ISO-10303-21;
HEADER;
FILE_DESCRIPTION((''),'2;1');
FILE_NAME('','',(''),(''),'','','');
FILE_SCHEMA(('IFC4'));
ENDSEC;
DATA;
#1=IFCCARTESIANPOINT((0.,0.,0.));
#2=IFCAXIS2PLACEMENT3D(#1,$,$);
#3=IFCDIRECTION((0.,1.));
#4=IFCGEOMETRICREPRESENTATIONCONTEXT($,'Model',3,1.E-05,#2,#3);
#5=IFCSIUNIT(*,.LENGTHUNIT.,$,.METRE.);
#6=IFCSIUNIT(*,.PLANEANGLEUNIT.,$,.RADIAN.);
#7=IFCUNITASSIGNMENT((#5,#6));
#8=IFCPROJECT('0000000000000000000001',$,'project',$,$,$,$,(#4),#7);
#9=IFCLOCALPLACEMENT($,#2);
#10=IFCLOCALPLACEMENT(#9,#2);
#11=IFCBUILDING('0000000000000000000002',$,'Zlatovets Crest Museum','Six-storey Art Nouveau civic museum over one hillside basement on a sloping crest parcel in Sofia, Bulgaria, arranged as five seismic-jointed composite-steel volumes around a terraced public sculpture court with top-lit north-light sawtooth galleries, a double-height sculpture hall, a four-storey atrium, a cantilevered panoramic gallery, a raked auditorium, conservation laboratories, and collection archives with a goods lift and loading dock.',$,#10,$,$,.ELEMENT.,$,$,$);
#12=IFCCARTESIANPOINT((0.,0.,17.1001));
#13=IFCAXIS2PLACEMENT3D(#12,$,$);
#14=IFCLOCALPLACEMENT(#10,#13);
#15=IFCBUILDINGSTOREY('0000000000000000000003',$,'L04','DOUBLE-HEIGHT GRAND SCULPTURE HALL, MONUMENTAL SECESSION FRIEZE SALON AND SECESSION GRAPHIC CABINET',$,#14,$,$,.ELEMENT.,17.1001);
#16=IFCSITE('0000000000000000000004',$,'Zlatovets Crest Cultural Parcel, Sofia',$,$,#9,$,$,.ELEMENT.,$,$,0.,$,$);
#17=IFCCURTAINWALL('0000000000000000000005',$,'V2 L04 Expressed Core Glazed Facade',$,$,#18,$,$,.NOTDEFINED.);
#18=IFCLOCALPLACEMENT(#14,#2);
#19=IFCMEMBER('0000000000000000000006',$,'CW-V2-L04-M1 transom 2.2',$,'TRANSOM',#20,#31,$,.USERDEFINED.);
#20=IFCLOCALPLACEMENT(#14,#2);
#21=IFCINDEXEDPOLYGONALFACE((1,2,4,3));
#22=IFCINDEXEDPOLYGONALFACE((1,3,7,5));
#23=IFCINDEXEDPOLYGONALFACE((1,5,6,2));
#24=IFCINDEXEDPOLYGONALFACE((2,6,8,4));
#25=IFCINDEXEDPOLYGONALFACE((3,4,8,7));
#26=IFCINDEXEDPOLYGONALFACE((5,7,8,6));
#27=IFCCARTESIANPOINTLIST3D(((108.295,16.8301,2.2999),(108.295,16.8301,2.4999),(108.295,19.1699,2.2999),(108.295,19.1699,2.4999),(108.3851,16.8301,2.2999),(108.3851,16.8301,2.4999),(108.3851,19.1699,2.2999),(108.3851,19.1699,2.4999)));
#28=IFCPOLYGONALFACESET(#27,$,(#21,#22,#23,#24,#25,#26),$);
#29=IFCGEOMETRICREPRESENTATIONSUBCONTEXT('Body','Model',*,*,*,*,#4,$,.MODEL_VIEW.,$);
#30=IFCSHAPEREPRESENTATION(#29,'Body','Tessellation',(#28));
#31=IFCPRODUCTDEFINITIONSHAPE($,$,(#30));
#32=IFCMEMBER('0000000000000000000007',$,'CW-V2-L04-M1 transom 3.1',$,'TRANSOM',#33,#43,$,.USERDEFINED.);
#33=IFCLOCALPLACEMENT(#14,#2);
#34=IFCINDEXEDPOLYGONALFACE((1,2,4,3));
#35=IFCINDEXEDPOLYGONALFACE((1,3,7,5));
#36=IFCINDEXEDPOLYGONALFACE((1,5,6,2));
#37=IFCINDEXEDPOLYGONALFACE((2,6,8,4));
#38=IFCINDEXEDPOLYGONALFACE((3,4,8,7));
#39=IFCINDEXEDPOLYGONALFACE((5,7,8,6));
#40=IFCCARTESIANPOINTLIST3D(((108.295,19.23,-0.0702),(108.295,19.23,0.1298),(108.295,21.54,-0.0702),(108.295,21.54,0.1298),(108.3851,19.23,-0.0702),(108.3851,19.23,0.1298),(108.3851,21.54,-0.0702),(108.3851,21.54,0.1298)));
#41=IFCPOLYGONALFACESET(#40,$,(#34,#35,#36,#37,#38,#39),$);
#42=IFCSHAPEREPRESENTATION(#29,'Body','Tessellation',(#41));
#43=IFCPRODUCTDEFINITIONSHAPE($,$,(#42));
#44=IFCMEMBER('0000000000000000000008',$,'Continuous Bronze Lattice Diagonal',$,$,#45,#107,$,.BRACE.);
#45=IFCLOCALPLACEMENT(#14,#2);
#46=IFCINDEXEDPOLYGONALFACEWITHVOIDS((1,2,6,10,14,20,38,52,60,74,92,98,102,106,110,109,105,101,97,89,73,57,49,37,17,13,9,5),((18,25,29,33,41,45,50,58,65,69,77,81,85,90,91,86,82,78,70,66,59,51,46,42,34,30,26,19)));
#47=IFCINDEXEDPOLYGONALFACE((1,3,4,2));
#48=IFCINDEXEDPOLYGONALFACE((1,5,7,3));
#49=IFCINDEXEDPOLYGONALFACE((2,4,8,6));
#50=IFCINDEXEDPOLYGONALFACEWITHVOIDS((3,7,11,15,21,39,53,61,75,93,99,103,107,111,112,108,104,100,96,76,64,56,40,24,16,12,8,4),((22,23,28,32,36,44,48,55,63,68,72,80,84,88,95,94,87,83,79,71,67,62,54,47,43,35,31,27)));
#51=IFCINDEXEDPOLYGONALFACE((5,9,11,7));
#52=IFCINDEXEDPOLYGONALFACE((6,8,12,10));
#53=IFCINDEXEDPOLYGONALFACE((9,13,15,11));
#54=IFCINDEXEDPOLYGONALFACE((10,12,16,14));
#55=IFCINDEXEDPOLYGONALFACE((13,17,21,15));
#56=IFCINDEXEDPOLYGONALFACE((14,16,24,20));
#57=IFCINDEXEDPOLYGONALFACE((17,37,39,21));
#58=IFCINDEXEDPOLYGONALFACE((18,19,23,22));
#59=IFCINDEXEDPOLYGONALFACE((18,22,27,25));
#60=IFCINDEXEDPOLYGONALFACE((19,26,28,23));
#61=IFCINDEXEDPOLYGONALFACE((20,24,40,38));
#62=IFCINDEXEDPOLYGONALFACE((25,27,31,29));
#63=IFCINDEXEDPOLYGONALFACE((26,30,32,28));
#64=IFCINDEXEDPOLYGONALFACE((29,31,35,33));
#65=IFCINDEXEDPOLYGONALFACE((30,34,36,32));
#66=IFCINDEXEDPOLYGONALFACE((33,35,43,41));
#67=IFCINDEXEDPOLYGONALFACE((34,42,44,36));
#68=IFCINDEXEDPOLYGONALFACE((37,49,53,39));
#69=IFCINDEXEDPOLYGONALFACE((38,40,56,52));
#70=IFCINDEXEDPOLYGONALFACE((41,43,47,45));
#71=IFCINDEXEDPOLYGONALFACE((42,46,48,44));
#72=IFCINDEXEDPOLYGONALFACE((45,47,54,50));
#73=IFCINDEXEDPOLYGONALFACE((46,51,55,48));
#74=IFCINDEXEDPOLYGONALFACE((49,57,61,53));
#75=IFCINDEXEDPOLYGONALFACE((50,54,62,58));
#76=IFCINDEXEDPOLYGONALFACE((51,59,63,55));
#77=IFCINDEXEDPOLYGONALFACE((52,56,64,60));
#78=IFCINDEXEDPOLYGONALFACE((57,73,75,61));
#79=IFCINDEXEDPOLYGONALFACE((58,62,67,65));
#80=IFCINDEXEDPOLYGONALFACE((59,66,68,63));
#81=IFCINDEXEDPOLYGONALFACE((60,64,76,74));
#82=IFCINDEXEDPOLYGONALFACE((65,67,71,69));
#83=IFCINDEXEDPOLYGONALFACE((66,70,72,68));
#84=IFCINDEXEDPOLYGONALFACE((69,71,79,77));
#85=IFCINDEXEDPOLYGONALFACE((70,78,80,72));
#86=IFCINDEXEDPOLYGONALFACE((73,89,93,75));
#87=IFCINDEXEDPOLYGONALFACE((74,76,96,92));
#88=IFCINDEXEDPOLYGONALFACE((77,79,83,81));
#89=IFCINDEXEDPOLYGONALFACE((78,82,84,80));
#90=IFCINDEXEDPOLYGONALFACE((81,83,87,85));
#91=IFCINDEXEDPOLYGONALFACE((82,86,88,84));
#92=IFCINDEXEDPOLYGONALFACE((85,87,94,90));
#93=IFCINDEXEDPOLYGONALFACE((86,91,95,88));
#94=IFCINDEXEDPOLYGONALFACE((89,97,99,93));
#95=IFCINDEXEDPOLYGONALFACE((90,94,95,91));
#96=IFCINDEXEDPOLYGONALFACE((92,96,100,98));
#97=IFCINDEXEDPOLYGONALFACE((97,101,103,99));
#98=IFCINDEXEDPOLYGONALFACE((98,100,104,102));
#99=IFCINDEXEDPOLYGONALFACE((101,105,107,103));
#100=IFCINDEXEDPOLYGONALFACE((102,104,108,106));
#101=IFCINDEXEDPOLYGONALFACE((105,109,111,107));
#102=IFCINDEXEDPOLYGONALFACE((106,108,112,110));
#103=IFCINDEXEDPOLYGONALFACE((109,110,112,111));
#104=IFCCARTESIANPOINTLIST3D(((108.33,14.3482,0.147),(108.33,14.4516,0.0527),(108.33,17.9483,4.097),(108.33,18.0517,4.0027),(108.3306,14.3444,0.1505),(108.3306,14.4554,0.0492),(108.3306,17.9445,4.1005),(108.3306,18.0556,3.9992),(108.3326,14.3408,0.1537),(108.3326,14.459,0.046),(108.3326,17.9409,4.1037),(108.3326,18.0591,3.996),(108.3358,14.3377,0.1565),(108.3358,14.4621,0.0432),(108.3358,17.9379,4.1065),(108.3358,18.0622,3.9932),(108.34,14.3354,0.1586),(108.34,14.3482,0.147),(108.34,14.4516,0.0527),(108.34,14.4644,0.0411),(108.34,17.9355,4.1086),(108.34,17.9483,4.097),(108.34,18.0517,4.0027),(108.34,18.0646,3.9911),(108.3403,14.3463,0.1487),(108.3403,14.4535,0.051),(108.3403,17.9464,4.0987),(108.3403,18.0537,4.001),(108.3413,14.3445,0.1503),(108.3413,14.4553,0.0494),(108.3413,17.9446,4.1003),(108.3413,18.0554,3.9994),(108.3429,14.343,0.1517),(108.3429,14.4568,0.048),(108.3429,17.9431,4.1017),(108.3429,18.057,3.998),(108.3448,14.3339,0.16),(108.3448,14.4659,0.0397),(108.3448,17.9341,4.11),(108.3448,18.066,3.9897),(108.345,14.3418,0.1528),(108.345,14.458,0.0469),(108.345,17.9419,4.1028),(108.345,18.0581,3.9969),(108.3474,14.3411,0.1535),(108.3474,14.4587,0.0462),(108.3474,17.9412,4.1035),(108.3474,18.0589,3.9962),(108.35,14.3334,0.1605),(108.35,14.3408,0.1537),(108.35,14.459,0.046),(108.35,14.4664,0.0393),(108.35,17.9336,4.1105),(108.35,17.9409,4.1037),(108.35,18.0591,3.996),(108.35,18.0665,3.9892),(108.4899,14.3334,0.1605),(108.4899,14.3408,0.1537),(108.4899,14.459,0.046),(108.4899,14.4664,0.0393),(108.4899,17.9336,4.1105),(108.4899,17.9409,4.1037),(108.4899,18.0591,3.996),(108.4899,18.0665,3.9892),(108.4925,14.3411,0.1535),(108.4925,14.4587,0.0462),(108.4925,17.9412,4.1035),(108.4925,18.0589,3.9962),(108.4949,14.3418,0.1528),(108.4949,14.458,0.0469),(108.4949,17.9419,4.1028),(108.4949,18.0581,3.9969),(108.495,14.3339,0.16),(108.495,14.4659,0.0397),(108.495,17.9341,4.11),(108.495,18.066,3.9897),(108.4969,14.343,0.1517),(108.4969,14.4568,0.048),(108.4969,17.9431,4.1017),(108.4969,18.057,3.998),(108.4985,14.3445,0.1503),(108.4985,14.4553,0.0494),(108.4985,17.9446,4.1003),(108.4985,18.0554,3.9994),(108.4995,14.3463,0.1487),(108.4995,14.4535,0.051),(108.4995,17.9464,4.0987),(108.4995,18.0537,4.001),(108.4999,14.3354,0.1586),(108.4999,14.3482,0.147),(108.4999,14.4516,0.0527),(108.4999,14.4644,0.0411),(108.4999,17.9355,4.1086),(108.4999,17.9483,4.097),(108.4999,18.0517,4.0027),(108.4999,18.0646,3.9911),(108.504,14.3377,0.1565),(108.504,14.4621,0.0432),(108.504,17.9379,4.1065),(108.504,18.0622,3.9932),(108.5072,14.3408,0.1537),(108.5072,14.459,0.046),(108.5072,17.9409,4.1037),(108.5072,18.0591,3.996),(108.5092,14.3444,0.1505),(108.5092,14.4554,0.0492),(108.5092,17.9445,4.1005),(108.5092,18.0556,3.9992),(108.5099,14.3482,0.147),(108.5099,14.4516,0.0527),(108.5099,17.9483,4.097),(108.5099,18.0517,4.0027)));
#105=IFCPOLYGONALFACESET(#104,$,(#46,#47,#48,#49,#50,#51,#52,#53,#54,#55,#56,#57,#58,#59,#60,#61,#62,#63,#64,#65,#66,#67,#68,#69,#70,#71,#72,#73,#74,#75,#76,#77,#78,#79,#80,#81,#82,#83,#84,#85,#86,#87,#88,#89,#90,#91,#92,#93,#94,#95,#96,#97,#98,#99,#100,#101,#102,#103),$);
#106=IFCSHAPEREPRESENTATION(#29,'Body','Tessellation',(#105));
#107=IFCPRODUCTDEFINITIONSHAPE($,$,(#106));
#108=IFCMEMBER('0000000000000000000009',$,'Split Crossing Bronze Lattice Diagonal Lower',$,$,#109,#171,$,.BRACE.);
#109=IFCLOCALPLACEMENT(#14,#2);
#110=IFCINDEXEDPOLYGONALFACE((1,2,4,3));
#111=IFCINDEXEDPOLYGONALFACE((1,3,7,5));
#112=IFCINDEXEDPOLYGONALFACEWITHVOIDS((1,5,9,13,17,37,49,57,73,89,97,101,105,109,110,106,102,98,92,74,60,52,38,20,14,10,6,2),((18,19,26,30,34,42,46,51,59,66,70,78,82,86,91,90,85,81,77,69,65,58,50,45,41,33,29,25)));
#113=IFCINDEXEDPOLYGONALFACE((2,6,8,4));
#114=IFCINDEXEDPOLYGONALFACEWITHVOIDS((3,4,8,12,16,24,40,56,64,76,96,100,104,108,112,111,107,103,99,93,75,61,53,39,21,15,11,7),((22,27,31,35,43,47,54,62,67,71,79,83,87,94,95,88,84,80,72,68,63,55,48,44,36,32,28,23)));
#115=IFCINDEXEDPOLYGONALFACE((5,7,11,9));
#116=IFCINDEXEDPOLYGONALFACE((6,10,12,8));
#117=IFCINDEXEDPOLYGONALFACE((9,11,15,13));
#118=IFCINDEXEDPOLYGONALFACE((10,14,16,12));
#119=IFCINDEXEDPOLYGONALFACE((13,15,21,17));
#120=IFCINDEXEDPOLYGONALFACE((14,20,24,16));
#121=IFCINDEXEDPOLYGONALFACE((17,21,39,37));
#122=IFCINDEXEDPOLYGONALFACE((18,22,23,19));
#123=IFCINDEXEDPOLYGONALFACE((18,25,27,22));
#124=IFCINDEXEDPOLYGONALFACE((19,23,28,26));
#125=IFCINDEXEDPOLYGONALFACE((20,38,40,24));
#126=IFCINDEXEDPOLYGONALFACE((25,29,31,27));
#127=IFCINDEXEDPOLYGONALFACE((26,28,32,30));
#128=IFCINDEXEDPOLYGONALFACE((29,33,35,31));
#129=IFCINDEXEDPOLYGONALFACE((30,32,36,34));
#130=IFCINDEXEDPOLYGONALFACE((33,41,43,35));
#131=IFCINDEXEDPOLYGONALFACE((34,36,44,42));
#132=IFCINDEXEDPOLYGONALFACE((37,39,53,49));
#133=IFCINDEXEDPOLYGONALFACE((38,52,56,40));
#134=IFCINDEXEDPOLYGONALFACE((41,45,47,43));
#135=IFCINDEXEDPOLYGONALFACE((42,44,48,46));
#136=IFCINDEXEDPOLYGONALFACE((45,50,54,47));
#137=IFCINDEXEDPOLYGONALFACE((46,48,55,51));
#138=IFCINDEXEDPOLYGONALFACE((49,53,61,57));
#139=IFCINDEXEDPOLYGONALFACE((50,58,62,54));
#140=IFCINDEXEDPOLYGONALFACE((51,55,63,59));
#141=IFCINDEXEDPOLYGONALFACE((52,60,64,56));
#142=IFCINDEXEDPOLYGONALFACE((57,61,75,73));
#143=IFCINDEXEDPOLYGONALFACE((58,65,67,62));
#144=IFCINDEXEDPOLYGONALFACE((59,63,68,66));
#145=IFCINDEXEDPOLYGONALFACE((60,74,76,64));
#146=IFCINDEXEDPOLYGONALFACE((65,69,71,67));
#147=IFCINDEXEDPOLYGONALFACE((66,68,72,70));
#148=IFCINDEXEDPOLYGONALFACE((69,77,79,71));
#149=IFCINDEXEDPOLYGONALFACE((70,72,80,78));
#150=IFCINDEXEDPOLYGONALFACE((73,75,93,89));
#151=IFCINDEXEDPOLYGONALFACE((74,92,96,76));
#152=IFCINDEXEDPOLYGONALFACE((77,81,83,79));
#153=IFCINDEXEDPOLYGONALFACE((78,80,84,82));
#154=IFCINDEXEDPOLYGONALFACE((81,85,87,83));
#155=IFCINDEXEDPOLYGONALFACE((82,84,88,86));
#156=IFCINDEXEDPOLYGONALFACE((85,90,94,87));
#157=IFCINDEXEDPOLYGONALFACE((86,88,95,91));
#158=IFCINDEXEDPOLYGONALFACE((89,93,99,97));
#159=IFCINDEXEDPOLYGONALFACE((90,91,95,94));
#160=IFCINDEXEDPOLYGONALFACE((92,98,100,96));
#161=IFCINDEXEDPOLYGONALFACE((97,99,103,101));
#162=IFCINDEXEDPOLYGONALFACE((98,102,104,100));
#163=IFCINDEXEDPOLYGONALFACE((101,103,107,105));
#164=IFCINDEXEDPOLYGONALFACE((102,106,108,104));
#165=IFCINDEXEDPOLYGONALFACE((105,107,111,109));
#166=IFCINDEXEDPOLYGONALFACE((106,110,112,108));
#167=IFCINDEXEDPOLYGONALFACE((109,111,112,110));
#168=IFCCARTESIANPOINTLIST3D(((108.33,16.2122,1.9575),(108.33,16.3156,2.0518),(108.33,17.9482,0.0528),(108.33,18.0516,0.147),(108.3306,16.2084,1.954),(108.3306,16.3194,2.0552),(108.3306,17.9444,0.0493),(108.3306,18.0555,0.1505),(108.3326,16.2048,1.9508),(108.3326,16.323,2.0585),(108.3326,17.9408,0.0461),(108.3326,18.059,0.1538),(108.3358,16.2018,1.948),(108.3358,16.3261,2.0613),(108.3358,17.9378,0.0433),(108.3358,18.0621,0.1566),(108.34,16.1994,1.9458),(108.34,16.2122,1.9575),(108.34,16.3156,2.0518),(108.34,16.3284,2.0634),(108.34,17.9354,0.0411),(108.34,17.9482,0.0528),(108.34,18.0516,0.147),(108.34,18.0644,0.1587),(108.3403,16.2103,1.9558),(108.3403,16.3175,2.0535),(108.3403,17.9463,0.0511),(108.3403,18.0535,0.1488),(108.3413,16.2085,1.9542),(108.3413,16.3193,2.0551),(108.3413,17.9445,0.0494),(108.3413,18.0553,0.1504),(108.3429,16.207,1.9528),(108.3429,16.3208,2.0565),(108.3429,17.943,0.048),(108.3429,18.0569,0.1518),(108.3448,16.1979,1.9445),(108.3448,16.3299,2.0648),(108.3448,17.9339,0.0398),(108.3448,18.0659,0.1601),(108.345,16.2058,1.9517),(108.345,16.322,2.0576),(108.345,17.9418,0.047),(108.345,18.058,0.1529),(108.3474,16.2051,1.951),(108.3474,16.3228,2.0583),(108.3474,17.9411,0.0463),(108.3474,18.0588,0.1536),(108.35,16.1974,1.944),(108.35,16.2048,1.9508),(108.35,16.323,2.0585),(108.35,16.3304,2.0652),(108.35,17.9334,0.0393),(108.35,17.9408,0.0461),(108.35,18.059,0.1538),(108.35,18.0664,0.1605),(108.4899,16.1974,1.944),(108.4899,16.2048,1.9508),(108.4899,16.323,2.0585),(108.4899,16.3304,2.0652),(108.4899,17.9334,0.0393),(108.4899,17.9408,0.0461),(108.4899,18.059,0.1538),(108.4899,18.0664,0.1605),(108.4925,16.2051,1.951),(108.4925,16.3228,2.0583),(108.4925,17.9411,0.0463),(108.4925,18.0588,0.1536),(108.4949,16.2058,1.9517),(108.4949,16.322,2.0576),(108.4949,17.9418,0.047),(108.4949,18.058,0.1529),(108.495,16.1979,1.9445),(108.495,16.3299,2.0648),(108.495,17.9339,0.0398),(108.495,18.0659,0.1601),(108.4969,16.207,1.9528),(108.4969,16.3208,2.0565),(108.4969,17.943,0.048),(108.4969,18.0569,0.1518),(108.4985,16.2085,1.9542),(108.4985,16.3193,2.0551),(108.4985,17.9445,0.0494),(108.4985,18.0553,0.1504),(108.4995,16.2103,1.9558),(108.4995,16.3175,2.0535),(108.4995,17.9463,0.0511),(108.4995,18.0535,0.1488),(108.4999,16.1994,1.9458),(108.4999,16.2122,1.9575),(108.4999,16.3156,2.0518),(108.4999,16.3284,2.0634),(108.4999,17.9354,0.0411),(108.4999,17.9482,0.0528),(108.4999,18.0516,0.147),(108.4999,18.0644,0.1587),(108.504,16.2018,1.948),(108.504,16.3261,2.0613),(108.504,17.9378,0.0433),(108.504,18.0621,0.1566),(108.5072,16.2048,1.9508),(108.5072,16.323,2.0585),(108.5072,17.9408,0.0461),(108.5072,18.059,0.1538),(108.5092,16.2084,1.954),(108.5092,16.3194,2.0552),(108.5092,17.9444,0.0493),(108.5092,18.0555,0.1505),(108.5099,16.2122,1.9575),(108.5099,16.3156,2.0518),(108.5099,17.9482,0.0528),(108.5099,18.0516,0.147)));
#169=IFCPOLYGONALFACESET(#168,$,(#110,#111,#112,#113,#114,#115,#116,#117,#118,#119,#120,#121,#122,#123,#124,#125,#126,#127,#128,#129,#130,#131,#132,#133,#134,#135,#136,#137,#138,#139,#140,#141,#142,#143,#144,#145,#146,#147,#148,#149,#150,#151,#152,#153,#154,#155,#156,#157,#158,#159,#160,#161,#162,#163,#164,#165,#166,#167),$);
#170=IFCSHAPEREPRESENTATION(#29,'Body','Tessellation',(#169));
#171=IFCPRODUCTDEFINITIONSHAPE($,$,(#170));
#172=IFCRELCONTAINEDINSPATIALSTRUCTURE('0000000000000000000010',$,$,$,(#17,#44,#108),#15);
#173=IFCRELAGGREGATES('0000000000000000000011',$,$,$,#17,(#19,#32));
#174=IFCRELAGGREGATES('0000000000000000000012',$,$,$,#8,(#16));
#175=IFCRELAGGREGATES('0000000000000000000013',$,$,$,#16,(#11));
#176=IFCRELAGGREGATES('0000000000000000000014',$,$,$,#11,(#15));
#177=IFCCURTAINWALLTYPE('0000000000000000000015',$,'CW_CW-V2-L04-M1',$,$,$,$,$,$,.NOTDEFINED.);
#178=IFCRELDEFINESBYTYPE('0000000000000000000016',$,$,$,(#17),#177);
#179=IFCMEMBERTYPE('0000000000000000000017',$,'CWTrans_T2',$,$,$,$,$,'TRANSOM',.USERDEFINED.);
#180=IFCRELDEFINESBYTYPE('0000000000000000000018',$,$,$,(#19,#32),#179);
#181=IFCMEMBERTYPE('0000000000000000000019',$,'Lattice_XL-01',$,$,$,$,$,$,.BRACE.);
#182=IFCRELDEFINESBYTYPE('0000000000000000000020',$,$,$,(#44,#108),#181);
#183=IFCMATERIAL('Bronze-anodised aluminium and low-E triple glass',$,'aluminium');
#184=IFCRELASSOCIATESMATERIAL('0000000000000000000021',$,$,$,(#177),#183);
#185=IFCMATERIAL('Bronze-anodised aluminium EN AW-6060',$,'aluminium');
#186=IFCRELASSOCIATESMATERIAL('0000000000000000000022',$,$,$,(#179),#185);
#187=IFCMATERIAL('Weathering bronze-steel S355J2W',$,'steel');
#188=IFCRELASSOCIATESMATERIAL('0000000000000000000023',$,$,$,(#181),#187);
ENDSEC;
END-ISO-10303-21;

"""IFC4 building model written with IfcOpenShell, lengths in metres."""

from ifc_helpers import new_model, si_unit, direction, frame, origin, origin_2d, place, context, subcontext, project, spatial, rectangle, hollow_rectangle, extrude, material, material_profile, profile_set, type_object, element, aggregate, save


model = new_model("IFC4")

# Units and contexts
model_context = context("Model", 3, precision=1e-05, world=origin(), true_north=direction((0.0, 1.0)))
body_context = subcontext(model_context, "Body", "Model", "MODEL_VIEW")
ifc_project = project(units=[si_unit("LENGTHUNIT", "METRE"), si_unit("PLANEANGLEUNIT", "RADIAN")], contexts=[model_context])

# Site, building, storey
site_placement = place(None, origin())
site = spatial("IfcSite", under=ifc_project, at=site_placement, Name="Zlatovets Crest Cultural Parcel, Sofia", CompositionType="ELEMENT", RefElevation=0.0)
building_placement = place(site_placement, origin())
building = spatial("IfcBuilding", under=site, at=building_placement, Name="Zlatovets Crest Museum", Description="Six-storey Art Nouveau civic museum over one hillside basement on a sloping crest parcel in Sofia, Bulgaria, arranged as five seismic-jointed composite-steel volumes around a terraced public sculpture court with top-lit north-light sawtooth galleries, a double-height sculpture hall, a four-storey atrium, a cantilevered panoramic gallery, a raked auditorium, conservation laboratories, and collection archives with a goods lift and loading dock.", CompositionType="ELEMENT")
storey_placement = place(building_placement, frame((0.0, 0.0, 17.1001)))
storey = spatial("IfcBuildingStorey", under=building, at=storey_placement, Name="L04", Description="DOUBLE-HEIGHT GRAND SCULPTURE HALL, MONUMENTAL SECESSION FRIEZE SALON AND SECESSION GRAPHIC CABINET", CompositionType="ELEMENT", Elevation=17.1001)

# Curtain wall, members
ifc_material_1 = material(Name="Bronze-anodised aluminium and low-E triple glass", Category="aluminium")
curtain_wall_type = type_object("IfcCurtainWallType", Name="CW_CW-V2-L04-M1", PredefinedType="NOTDEFINED", material=ifc_material_1)
curtain_wall_placement = place(storey_placement, origin())
curtain_wall = element("IfcCurtainWall", 1, at=curtain_wall_placement, inside=storey, type_object=curtain_wall_type, Name="V2 L04 Expressed Core Glazed Facade", PredefinedType="NOTDEFINED")
ifc_material_2 = material(Name="Bronze-anodised aluminium EN AW-6060", Category="aluminium")
ifc_material_profile_1 = material_profile(ifc_material_2, rectangle(XDim=0.0901, YDim=0.2, at=origin_2d()), Name="ALU 90x200")
ifc_profile_set_1 = profile_set([ifc_material_profile_1], Name="Bronze-anodised aluminium EN AW-6060")
member_type_1 = type_object("IfcMemberType", Name="CWTrans_T2", ElementType="TRANSOM", PredefinedType="USERDEFINED", material=ifc_profile_set_1)
member_1_placement = place(storey_placement, frame((108.3401, 16.8301, 2.3999), z_axis=(0.0, 1.0, 0.0), x_axis=(-1.0, 0.0, 0.0)))
member_1 = element("IfcMember", 2, at=member_1_placement, type_object=member_type_1, Name="CW-V2-L04-M1 transom 2.2", ObjectType="TRANSOM", PredefinedType="USERDEFINED", context=body_context, shape_type="SweptSolid", body=[
    extrude(rectangle(XDim=0.0901, YDim=0.2, at=origin_2d()), origin(), (0.0, 0.0, 1.0), 2.3398),
])
member_2_placement = place(storey_placement, frame((108.3401, 19.23, 0.0298), z_axis=(0.0, 1.0, 0.0), x_axis=(-1.0, 0.0, 0.0)))
member_2 = element("IfcMember", 3, at=member_2_placement, type_object=member_type_1, Name="CW-V2-L04-M1 transom 3.1", ObjectType="TRANSOM", PredefinedType="USERDEFINED", context=body_context, shape_type="SweptSolid", body=[
    extrude(rectangle(XDim=0.0901, YDim=0.2, at=origin_2d()), origin(), (0.0, 0.0, 1.0), 2.3101),
])

# Members
ifc_material_3 = material(Name="Weathering bronze-steel S355J2W", Category="steel")
ifc_material_profile_2 = material_profile(ifc_material_3, hollow_rectangle(XDim=0.1799, YDim=0.1799, WallThickness=0.01, InnerFilletRadius=0.01, OuterFilletRadius=0.02, at=origin_2d()), Name="SHS 180x180x10.0")
ifc_profile_set_2 = profile_set([ifc_material_profile_2], Name="Weathering bronze-steel S355J2W")
member_type_2 = type_object("IfcMemberType", Name="Lattice_XL-01", PredefinedType="BRACE", material=ifc_profile_set_2)
member_3_placement = place(storey_placement, frame((108.4199, 14.3999, 0.0999), z_axis=(0.0, 0.673618, 0.73908), x_axis=(-1.0, 0.0, 0.0)))
element("IfcMember", 4, at=member_3_placement, inside=storey, type_object=member_type_2, Name="Continuous Bronze Lattice Diagonal", PredefinedType="BRACE", context=body_context, shape_type="SweptSolid", body=[
    extrude(hollow_rectangle(XDim=0.1799, YDim=0.1799, WallThickness=0.01, InnerFilletRadius=0.01, OuterFilletRadius=0.02, at=origin_2d()), origin(), (0.0, 0.0, 1.0), 5.3445),
])
member_4_placement = place(storey_placement, frame((108.4199, 16.2639, 2.0046), z_axis=(0.0, 0.67362, -0.739078), x_axis=(-1.0, 0.0, 0.0)))
element("IfcMember", 5, at=member_4_placement, inside=storey, type_object=member_type_2, Name="Split Crossing Bronze Lattice Diagonal Lower", PredefinedType="BRACE", context=body_context, shape_type="SweptSolid", body=[
    extrude(hollow_rectangle(XDim=0.1799, YDim=0.1799, WallThickness=0.01, InnerFilletRadius=0.01, OuterFilletRadius=0.02, at=origin_2d()), origin(), (0.0, 0.0, 1.0), 2.5771),
])

aggregate(curtain_wall, [member_1, member_2])

save(model, "model.ifc")
